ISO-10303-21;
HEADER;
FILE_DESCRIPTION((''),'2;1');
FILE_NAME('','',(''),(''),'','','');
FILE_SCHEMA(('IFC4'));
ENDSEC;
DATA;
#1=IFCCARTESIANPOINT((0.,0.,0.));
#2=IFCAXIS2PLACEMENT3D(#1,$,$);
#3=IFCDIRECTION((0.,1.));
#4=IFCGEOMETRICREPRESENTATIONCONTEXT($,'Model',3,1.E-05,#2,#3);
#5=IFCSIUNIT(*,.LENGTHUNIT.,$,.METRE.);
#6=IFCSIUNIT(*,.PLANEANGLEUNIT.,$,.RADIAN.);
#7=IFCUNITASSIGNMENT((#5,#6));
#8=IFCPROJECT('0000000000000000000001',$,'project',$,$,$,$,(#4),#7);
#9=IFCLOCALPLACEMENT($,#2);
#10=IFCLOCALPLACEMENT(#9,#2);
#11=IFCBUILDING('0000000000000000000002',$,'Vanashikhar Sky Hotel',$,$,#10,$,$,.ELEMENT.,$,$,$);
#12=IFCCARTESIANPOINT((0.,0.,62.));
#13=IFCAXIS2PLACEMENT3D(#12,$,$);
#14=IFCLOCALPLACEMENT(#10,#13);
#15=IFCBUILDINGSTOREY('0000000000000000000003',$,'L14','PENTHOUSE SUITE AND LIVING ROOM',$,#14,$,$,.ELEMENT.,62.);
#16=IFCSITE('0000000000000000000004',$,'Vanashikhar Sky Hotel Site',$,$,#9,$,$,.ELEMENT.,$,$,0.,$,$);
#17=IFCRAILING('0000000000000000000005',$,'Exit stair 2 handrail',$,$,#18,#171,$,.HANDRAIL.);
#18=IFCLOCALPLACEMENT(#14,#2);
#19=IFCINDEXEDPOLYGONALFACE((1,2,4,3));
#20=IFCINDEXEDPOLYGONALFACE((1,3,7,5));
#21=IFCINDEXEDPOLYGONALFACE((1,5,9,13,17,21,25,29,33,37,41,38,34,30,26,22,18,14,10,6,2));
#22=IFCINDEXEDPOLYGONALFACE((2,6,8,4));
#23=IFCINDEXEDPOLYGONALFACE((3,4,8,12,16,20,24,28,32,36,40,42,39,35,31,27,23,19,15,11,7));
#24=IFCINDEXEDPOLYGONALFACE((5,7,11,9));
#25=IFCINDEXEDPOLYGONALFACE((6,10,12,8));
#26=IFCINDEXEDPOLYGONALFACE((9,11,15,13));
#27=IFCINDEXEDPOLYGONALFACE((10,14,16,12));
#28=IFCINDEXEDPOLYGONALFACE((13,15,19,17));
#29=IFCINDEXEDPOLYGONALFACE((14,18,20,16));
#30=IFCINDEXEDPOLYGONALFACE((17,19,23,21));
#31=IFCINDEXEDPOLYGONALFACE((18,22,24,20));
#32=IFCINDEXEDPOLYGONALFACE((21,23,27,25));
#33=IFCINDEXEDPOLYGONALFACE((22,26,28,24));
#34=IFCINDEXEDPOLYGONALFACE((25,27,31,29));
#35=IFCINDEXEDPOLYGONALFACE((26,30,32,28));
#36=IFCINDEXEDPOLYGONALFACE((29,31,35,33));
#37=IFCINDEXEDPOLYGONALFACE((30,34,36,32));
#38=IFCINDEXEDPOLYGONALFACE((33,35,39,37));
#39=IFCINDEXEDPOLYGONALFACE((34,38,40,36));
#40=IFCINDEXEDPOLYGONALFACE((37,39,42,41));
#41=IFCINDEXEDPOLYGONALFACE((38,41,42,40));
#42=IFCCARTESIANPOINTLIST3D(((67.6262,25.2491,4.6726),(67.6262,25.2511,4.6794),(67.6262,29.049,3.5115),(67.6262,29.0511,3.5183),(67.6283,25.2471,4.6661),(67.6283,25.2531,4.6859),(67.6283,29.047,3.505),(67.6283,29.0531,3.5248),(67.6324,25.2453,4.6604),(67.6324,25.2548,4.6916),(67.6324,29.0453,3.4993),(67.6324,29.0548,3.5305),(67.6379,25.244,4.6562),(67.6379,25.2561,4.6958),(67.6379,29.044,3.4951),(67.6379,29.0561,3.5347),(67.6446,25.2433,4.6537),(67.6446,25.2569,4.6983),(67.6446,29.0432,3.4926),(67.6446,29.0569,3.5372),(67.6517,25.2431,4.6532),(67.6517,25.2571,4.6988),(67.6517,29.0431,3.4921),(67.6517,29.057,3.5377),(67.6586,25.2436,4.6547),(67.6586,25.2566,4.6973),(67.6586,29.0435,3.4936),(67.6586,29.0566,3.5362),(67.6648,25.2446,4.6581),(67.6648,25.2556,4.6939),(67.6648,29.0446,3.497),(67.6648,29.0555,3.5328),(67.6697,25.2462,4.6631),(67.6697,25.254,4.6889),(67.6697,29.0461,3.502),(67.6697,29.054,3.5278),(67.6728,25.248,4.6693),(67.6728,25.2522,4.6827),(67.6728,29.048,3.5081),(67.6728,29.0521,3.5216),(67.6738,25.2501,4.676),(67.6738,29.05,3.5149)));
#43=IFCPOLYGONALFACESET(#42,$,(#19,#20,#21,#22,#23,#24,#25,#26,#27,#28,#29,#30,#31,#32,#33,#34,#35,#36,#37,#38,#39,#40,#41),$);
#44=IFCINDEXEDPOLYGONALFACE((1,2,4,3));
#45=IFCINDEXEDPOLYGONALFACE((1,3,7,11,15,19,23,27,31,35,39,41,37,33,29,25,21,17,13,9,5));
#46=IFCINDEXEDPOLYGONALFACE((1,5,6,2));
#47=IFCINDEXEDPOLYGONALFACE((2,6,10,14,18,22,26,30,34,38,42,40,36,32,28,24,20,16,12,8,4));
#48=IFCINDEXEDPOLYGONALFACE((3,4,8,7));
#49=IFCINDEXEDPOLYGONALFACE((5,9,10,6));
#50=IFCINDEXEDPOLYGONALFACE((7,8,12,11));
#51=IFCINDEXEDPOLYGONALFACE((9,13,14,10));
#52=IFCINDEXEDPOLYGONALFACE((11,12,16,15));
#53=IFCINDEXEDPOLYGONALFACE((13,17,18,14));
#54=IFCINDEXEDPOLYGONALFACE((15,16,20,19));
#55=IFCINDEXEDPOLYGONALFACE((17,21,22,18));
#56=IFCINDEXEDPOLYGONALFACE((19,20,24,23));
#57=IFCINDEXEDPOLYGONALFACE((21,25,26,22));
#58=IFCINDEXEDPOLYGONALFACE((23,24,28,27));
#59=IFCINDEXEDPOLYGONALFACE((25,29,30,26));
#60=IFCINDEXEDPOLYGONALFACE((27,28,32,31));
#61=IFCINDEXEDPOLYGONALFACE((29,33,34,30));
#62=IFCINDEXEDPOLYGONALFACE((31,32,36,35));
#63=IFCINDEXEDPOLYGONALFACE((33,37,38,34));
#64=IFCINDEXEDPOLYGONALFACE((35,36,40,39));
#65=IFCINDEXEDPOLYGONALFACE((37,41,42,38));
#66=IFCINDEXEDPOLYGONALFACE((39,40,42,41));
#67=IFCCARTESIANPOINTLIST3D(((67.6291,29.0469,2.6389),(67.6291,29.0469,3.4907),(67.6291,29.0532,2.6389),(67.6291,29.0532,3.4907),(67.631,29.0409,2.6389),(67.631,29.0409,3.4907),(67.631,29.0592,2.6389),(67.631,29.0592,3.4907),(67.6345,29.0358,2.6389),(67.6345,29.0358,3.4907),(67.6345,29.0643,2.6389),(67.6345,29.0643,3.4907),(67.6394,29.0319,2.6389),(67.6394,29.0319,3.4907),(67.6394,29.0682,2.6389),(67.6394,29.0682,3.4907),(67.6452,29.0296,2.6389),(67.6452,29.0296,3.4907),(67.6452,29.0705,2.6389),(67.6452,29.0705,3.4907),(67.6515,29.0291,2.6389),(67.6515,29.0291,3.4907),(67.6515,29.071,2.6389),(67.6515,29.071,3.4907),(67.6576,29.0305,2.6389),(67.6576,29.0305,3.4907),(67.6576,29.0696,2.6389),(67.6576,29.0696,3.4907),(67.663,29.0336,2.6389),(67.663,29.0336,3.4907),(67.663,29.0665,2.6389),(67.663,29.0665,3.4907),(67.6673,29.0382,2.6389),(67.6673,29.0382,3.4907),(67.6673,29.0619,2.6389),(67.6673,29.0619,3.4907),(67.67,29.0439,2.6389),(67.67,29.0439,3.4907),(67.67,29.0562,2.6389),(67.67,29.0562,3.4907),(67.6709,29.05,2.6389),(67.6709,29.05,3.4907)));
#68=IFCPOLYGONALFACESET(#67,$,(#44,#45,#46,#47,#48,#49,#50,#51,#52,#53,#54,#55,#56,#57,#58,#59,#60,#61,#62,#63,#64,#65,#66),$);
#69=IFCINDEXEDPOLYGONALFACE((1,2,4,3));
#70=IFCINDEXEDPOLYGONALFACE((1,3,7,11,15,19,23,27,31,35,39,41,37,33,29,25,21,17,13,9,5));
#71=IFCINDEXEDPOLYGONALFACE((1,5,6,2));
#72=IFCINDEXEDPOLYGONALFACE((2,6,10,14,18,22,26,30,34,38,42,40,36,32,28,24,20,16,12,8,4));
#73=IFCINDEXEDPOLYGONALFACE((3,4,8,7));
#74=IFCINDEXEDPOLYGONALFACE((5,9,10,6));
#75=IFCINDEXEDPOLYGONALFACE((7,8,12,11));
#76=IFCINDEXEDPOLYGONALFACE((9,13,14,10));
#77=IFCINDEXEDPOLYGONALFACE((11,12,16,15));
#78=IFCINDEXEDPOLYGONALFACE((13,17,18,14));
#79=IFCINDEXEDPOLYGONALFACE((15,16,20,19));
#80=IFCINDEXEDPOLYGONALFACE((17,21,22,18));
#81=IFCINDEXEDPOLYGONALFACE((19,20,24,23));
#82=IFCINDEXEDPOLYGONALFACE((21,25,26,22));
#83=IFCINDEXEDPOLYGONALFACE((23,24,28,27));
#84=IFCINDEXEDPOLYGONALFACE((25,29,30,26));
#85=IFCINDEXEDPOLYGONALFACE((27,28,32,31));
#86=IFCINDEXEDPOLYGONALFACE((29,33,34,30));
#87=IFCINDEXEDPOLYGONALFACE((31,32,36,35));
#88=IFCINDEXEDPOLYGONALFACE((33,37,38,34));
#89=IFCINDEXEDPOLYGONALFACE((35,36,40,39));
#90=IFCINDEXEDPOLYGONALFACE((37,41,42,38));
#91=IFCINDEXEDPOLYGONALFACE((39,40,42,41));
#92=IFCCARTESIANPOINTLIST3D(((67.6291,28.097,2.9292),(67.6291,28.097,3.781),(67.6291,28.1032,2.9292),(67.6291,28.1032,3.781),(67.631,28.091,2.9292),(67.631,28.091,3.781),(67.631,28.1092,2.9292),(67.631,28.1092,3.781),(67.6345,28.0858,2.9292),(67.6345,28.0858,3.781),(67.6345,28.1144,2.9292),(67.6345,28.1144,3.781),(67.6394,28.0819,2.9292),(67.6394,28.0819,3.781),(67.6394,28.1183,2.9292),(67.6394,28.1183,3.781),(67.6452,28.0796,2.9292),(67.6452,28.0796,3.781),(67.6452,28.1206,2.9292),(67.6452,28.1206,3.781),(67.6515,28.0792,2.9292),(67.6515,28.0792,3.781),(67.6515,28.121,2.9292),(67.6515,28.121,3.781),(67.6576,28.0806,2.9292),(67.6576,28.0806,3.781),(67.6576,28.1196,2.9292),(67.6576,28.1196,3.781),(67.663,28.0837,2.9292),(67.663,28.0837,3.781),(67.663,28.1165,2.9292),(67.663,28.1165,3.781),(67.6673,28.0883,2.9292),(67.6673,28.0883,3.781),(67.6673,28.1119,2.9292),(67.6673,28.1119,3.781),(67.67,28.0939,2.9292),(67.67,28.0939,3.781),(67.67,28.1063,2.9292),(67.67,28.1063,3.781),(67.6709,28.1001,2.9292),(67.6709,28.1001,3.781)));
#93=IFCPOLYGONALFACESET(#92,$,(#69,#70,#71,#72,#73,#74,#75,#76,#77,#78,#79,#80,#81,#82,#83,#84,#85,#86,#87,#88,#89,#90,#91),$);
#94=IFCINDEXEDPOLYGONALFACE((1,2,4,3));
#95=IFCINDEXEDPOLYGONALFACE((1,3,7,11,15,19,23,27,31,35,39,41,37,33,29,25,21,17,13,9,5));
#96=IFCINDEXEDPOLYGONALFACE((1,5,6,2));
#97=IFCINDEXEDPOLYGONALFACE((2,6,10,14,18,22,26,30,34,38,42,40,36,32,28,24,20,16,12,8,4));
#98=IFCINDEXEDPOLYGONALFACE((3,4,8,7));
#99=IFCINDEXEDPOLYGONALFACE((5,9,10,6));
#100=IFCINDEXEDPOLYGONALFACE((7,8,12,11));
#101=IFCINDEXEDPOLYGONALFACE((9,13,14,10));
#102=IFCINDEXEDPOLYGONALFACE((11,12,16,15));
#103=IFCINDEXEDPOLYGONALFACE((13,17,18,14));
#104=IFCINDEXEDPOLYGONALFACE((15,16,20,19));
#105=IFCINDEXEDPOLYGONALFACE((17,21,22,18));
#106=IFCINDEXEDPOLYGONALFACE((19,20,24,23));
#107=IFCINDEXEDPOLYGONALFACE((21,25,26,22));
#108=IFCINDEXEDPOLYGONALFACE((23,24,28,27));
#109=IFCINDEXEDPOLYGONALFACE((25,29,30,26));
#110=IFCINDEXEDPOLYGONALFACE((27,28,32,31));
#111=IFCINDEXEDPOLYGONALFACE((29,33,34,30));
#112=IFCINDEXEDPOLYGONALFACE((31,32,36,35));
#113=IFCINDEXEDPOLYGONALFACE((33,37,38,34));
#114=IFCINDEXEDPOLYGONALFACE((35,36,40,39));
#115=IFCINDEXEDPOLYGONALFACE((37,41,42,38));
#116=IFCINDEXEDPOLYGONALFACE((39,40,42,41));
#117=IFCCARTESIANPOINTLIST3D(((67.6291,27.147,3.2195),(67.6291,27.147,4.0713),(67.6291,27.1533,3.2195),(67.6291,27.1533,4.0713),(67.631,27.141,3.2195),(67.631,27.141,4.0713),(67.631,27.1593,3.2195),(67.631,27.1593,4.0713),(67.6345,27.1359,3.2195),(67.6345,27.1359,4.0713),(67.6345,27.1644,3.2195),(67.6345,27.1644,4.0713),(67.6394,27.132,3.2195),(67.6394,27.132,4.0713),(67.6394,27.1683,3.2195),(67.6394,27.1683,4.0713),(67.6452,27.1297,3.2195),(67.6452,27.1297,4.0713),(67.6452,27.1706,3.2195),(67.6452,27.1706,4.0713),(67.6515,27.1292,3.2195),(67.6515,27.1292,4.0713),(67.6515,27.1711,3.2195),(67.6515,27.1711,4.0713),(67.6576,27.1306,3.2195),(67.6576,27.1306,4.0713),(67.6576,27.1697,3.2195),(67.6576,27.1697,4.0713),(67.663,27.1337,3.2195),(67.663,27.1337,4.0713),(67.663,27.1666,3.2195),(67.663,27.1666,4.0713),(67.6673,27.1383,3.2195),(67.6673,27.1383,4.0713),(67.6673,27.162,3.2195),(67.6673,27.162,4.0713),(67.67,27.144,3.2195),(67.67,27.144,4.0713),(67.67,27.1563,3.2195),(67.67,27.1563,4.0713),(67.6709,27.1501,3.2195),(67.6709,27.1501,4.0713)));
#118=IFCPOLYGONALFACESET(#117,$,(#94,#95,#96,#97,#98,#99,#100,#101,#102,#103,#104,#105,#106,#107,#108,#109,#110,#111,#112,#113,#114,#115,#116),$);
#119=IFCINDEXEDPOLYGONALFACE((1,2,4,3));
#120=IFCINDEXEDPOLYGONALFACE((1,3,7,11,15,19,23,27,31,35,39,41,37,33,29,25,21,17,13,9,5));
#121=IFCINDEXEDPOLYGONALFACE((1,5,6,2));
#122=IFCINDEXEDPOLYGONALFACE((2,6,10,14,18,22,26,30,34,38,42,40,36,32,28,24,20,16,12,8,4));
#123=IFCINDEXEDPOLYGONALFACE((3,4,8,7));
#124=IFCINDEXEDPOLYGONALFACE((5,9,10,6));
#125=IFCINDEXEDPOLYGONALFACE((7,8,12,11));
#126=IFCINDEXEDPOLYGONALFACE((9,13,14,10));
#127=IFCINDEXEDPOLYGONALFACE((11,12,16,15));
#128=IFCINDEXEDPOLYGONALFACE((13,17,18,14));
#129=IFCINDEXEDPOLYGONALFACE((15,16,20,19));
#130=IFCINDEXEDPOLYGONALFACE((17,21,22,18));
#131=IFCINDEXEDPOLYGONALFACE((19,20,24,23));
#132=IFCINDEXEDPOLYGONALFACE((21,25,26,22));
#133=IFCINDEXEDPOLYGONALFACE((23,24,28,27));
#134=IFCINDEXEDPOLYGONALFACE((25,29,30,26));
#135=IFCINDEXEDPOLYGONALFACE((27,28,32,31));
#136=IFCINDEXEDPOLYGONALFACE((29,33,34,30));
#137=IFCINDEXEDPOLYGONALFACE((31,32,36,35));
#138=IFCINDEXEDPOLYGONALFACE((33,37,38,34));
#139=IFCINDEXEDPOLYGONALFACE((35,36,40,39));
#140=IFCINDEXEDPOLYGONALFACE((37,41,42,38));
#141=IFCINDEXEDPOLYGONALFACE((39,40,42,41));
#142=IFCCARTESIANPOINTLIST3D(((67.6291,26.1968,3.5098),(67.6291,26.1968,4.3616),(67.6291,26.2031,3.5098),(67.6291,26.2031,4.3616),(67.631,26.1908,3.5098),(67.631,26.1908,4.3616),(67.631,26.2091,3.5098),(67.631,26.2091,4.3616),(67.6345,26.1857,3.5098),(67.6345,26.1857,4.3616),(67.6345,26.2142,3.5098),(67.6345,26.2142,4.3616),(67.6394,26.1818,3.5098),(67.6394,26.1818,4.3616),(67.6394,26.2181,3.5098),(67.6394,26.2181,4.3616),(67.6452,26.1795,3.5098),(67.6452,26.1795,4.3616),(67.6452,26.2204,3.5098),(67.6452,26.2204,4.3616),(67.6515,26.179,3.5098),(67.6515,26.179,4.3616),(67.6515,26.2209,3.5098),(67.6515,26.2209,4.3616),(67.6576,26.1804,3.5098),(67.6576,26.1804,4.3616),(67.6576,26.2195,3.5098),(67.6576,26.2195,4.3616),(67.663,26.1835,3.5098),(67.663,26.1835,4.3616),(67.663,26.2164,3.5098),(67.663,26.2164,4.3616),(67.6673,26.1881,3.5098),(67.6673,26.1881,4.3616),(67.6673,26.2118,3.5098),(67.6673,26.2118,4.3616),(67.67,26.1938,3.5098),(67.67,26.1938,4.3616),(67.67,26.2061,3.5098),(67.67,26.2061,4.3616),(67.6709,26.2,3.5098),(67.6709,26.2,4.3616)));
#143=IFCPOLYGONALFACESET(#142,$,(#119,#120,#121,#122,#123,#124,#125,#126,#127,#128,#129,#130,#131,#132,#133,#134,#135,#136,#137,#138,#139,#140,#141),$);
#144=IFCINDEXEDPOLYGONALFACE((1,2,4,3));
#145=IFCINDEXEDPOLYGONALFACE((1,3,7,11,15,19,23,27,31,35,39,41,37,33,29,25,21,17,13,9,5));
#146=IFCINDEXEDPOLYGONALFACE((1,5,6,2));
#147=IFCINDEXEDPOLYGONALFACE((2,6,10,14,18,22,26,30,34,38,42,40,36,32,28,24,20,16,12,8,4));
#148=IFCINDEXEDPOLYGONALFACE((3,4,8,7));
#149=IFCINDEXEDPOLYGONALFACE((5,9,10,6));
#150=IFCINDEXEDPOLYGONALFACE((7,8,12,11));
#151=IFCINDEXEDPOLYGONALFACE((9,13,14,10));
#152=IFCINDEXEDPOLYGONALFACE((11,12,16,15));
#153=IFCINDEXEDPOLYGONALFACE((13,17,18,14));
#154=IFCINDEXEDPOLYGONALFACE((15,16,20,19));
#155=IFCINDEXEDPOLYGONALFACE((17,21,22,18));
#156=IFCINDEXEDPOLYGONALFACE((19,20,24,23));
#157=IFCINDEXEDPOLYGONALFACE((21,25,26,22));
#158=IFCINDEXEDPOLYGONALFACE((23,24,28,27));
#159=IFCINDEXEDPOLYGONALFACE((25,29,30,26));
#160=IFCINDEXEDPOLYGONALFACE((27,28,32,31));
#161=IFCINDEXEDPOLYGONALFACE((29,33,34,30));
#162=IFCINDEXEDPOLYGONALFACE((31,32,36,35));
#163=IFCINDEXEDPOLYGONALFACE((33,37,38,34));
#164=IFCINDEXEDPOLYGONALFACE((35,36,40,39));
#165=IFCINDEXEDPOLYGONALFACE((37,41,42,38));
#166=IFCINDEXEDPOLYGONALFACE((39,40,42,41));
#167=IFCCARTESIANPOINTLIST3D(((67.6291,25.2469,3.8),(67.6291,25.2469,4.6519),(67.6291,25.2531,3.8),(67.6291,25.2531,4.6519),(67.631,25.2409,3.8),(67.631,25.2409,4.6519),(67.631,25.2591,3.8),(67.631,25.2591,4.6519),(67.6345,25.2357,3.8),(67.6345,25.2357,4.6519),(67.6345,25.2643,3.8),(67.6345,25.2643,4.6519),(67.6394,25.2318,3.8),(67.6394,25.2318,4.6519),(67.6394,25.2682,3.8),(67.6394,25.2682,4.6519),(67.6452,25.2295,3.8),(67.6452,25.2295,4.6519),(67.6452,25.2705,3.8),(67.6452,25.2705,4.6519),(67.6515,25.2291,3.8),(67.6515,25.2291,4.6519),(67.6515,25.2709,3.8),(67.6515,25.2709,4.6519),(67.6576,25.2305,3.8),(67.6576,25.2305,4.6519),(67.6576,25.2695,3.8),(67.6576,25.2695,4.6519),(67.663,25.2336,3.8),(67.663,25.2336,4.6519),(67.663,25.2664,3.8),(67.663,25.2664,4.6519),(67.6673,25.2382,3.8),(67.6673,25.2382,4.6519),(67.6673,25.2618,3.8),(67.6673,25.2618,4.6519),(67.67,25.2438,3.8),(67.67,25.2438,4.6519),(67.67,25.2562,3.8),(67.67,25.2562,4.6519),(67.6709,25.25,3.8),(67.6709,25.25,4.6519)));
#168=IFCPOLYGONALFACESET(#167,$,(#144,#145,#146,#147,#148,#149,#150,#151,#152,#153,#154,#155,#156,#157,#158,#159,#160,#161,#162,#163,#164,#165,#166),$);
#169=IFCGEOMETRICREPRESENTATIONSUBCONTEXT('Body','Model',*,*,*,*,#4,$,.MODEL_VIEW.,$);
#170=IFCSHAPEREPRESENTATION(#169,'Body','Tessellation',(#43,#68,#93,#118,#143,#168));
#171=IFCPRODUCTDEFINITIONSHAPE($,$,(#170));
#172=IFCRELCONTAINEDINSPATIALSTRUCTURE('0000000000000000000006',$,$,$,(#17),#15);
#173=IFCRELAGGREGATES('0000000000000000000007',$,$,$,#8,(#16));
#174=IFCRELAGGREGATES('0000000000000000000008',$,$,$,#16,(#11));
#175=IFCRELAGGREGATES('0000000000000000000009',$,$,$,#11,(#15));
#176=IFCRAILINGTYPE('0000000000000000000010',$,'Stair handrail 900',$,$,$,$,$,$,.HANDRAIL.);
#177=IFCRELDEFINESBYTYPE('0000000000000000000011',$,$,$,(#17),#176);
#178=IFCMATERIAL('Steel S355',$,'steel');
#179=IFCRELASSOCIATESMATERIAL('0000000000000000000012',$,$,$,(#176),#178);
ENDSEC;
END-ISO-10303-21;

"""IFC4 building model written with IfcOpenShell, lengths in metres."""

from ifc_helpers import new_model, si_unit, direction, frame, origin, origin_2d, place, context, subcontext, project, spatial, circle, extrude, source, transform, mapped, material, type_object, element, save


model = new_model("IFC4")

# Units and contexts
model_context = context("Model", 3, precision=1e-05, world=origin(), true_north=direction((0.0, 1.0)))
body_context = subcontext(model_context, "Body", "Model", "MODEL_VIEW")
ifc_project = project(units=[si_unit("LENGTHUNIT", "METRE"), si_unit("PLANEANGLEUNIT", "RADIAN")], contexts=[model_context])

# Site, building, storey
site_placement = place(None, origin())
site = spatial("IfcSite", under=ifc_project, at=site_placement, Name="Vanashikhar Sky Hotel Site", CompositionType="ELEMENT", RefElevation=0.0)
building_placement = place(site_placement, origin())
building = spatial("IfcBuilding", under=site, at=building_placement, Name="Vanashikhar Sky Hotel", CompositionType="ELEMENT")
storey_placement = place(building_placement, frame((0.0, 0.0, 62.0)))
storey = spatial("IfcBuildingStorey", under=building, at=storey_placement, Name="L14", Description="PENTHOUSE SUITE AND LIVING ROOM", CompositionType="ELEMENT", Elevation=62.0)

# Railing
ifc_material_1 = material(Name="Steel S355", Category="steel")
railing_type_1 = type_object("IfcRailingType", Name="Stair handrail 900", PredefinedType="HANDRAIL", material=ifc_material_1)
shared_shape_1 = source(origin(), body_context, "Body", "SweptSolid", [
    extrude(circle(Radius=0.0239, at=origin_2d()), frame((0.0, 0.0, 0.876), z_axis=(0.0, -0.956351, 0.29222), x_axis=(1.0, 0.0, 0.0)), (0.0, 0.0, 1.0), 3.9734),
    extrude(circle(Radius=0.021, at=origin_2d()), origin(), (0.0, 0.0, 1.0), 0.8518),
    extrude(circle(Radius=0.021, at=origin_2d()), frame((0.0, -0.95, 0.2903)), (0.0, 0.0, 1.0), 0.8518),
    extrude(circle(Radius=0.021, at=origin_2d()), frame((0.0, -1.8999, 0.5806)), (0.0, 0.0, 1.0), 0.8518),
    extrude(circle(Radius=0.021, at=origin_2d()), frame((0.0, -2.8501, 0.8708)), (0.0, 0.0, 1.0), 0.8518),
    extrude(circle(Radius=0.021, at=origin_2d()), frame((0.0, -3.8, 1.1611)), (0.0, 0.0, 1.0), 0.8518),
])
for number, where, name in (
    (1, (67.6499, 29.05, 2.6389), "Exit stair 2 handrail"),
):
    element("IfcRailing", number, at=place(storey_placement, frame(where)), inside=storey, type_object=railing_type_1, Name=name, PredefinedType="HANDRAIL", context=body_context, shape_type="MappedRepresentation", body=[
        mapped(shared_shape_1, transform((0.0, 0.0, 0.0), scale=1.0)),
    ])

save(model, "model.ifc")
